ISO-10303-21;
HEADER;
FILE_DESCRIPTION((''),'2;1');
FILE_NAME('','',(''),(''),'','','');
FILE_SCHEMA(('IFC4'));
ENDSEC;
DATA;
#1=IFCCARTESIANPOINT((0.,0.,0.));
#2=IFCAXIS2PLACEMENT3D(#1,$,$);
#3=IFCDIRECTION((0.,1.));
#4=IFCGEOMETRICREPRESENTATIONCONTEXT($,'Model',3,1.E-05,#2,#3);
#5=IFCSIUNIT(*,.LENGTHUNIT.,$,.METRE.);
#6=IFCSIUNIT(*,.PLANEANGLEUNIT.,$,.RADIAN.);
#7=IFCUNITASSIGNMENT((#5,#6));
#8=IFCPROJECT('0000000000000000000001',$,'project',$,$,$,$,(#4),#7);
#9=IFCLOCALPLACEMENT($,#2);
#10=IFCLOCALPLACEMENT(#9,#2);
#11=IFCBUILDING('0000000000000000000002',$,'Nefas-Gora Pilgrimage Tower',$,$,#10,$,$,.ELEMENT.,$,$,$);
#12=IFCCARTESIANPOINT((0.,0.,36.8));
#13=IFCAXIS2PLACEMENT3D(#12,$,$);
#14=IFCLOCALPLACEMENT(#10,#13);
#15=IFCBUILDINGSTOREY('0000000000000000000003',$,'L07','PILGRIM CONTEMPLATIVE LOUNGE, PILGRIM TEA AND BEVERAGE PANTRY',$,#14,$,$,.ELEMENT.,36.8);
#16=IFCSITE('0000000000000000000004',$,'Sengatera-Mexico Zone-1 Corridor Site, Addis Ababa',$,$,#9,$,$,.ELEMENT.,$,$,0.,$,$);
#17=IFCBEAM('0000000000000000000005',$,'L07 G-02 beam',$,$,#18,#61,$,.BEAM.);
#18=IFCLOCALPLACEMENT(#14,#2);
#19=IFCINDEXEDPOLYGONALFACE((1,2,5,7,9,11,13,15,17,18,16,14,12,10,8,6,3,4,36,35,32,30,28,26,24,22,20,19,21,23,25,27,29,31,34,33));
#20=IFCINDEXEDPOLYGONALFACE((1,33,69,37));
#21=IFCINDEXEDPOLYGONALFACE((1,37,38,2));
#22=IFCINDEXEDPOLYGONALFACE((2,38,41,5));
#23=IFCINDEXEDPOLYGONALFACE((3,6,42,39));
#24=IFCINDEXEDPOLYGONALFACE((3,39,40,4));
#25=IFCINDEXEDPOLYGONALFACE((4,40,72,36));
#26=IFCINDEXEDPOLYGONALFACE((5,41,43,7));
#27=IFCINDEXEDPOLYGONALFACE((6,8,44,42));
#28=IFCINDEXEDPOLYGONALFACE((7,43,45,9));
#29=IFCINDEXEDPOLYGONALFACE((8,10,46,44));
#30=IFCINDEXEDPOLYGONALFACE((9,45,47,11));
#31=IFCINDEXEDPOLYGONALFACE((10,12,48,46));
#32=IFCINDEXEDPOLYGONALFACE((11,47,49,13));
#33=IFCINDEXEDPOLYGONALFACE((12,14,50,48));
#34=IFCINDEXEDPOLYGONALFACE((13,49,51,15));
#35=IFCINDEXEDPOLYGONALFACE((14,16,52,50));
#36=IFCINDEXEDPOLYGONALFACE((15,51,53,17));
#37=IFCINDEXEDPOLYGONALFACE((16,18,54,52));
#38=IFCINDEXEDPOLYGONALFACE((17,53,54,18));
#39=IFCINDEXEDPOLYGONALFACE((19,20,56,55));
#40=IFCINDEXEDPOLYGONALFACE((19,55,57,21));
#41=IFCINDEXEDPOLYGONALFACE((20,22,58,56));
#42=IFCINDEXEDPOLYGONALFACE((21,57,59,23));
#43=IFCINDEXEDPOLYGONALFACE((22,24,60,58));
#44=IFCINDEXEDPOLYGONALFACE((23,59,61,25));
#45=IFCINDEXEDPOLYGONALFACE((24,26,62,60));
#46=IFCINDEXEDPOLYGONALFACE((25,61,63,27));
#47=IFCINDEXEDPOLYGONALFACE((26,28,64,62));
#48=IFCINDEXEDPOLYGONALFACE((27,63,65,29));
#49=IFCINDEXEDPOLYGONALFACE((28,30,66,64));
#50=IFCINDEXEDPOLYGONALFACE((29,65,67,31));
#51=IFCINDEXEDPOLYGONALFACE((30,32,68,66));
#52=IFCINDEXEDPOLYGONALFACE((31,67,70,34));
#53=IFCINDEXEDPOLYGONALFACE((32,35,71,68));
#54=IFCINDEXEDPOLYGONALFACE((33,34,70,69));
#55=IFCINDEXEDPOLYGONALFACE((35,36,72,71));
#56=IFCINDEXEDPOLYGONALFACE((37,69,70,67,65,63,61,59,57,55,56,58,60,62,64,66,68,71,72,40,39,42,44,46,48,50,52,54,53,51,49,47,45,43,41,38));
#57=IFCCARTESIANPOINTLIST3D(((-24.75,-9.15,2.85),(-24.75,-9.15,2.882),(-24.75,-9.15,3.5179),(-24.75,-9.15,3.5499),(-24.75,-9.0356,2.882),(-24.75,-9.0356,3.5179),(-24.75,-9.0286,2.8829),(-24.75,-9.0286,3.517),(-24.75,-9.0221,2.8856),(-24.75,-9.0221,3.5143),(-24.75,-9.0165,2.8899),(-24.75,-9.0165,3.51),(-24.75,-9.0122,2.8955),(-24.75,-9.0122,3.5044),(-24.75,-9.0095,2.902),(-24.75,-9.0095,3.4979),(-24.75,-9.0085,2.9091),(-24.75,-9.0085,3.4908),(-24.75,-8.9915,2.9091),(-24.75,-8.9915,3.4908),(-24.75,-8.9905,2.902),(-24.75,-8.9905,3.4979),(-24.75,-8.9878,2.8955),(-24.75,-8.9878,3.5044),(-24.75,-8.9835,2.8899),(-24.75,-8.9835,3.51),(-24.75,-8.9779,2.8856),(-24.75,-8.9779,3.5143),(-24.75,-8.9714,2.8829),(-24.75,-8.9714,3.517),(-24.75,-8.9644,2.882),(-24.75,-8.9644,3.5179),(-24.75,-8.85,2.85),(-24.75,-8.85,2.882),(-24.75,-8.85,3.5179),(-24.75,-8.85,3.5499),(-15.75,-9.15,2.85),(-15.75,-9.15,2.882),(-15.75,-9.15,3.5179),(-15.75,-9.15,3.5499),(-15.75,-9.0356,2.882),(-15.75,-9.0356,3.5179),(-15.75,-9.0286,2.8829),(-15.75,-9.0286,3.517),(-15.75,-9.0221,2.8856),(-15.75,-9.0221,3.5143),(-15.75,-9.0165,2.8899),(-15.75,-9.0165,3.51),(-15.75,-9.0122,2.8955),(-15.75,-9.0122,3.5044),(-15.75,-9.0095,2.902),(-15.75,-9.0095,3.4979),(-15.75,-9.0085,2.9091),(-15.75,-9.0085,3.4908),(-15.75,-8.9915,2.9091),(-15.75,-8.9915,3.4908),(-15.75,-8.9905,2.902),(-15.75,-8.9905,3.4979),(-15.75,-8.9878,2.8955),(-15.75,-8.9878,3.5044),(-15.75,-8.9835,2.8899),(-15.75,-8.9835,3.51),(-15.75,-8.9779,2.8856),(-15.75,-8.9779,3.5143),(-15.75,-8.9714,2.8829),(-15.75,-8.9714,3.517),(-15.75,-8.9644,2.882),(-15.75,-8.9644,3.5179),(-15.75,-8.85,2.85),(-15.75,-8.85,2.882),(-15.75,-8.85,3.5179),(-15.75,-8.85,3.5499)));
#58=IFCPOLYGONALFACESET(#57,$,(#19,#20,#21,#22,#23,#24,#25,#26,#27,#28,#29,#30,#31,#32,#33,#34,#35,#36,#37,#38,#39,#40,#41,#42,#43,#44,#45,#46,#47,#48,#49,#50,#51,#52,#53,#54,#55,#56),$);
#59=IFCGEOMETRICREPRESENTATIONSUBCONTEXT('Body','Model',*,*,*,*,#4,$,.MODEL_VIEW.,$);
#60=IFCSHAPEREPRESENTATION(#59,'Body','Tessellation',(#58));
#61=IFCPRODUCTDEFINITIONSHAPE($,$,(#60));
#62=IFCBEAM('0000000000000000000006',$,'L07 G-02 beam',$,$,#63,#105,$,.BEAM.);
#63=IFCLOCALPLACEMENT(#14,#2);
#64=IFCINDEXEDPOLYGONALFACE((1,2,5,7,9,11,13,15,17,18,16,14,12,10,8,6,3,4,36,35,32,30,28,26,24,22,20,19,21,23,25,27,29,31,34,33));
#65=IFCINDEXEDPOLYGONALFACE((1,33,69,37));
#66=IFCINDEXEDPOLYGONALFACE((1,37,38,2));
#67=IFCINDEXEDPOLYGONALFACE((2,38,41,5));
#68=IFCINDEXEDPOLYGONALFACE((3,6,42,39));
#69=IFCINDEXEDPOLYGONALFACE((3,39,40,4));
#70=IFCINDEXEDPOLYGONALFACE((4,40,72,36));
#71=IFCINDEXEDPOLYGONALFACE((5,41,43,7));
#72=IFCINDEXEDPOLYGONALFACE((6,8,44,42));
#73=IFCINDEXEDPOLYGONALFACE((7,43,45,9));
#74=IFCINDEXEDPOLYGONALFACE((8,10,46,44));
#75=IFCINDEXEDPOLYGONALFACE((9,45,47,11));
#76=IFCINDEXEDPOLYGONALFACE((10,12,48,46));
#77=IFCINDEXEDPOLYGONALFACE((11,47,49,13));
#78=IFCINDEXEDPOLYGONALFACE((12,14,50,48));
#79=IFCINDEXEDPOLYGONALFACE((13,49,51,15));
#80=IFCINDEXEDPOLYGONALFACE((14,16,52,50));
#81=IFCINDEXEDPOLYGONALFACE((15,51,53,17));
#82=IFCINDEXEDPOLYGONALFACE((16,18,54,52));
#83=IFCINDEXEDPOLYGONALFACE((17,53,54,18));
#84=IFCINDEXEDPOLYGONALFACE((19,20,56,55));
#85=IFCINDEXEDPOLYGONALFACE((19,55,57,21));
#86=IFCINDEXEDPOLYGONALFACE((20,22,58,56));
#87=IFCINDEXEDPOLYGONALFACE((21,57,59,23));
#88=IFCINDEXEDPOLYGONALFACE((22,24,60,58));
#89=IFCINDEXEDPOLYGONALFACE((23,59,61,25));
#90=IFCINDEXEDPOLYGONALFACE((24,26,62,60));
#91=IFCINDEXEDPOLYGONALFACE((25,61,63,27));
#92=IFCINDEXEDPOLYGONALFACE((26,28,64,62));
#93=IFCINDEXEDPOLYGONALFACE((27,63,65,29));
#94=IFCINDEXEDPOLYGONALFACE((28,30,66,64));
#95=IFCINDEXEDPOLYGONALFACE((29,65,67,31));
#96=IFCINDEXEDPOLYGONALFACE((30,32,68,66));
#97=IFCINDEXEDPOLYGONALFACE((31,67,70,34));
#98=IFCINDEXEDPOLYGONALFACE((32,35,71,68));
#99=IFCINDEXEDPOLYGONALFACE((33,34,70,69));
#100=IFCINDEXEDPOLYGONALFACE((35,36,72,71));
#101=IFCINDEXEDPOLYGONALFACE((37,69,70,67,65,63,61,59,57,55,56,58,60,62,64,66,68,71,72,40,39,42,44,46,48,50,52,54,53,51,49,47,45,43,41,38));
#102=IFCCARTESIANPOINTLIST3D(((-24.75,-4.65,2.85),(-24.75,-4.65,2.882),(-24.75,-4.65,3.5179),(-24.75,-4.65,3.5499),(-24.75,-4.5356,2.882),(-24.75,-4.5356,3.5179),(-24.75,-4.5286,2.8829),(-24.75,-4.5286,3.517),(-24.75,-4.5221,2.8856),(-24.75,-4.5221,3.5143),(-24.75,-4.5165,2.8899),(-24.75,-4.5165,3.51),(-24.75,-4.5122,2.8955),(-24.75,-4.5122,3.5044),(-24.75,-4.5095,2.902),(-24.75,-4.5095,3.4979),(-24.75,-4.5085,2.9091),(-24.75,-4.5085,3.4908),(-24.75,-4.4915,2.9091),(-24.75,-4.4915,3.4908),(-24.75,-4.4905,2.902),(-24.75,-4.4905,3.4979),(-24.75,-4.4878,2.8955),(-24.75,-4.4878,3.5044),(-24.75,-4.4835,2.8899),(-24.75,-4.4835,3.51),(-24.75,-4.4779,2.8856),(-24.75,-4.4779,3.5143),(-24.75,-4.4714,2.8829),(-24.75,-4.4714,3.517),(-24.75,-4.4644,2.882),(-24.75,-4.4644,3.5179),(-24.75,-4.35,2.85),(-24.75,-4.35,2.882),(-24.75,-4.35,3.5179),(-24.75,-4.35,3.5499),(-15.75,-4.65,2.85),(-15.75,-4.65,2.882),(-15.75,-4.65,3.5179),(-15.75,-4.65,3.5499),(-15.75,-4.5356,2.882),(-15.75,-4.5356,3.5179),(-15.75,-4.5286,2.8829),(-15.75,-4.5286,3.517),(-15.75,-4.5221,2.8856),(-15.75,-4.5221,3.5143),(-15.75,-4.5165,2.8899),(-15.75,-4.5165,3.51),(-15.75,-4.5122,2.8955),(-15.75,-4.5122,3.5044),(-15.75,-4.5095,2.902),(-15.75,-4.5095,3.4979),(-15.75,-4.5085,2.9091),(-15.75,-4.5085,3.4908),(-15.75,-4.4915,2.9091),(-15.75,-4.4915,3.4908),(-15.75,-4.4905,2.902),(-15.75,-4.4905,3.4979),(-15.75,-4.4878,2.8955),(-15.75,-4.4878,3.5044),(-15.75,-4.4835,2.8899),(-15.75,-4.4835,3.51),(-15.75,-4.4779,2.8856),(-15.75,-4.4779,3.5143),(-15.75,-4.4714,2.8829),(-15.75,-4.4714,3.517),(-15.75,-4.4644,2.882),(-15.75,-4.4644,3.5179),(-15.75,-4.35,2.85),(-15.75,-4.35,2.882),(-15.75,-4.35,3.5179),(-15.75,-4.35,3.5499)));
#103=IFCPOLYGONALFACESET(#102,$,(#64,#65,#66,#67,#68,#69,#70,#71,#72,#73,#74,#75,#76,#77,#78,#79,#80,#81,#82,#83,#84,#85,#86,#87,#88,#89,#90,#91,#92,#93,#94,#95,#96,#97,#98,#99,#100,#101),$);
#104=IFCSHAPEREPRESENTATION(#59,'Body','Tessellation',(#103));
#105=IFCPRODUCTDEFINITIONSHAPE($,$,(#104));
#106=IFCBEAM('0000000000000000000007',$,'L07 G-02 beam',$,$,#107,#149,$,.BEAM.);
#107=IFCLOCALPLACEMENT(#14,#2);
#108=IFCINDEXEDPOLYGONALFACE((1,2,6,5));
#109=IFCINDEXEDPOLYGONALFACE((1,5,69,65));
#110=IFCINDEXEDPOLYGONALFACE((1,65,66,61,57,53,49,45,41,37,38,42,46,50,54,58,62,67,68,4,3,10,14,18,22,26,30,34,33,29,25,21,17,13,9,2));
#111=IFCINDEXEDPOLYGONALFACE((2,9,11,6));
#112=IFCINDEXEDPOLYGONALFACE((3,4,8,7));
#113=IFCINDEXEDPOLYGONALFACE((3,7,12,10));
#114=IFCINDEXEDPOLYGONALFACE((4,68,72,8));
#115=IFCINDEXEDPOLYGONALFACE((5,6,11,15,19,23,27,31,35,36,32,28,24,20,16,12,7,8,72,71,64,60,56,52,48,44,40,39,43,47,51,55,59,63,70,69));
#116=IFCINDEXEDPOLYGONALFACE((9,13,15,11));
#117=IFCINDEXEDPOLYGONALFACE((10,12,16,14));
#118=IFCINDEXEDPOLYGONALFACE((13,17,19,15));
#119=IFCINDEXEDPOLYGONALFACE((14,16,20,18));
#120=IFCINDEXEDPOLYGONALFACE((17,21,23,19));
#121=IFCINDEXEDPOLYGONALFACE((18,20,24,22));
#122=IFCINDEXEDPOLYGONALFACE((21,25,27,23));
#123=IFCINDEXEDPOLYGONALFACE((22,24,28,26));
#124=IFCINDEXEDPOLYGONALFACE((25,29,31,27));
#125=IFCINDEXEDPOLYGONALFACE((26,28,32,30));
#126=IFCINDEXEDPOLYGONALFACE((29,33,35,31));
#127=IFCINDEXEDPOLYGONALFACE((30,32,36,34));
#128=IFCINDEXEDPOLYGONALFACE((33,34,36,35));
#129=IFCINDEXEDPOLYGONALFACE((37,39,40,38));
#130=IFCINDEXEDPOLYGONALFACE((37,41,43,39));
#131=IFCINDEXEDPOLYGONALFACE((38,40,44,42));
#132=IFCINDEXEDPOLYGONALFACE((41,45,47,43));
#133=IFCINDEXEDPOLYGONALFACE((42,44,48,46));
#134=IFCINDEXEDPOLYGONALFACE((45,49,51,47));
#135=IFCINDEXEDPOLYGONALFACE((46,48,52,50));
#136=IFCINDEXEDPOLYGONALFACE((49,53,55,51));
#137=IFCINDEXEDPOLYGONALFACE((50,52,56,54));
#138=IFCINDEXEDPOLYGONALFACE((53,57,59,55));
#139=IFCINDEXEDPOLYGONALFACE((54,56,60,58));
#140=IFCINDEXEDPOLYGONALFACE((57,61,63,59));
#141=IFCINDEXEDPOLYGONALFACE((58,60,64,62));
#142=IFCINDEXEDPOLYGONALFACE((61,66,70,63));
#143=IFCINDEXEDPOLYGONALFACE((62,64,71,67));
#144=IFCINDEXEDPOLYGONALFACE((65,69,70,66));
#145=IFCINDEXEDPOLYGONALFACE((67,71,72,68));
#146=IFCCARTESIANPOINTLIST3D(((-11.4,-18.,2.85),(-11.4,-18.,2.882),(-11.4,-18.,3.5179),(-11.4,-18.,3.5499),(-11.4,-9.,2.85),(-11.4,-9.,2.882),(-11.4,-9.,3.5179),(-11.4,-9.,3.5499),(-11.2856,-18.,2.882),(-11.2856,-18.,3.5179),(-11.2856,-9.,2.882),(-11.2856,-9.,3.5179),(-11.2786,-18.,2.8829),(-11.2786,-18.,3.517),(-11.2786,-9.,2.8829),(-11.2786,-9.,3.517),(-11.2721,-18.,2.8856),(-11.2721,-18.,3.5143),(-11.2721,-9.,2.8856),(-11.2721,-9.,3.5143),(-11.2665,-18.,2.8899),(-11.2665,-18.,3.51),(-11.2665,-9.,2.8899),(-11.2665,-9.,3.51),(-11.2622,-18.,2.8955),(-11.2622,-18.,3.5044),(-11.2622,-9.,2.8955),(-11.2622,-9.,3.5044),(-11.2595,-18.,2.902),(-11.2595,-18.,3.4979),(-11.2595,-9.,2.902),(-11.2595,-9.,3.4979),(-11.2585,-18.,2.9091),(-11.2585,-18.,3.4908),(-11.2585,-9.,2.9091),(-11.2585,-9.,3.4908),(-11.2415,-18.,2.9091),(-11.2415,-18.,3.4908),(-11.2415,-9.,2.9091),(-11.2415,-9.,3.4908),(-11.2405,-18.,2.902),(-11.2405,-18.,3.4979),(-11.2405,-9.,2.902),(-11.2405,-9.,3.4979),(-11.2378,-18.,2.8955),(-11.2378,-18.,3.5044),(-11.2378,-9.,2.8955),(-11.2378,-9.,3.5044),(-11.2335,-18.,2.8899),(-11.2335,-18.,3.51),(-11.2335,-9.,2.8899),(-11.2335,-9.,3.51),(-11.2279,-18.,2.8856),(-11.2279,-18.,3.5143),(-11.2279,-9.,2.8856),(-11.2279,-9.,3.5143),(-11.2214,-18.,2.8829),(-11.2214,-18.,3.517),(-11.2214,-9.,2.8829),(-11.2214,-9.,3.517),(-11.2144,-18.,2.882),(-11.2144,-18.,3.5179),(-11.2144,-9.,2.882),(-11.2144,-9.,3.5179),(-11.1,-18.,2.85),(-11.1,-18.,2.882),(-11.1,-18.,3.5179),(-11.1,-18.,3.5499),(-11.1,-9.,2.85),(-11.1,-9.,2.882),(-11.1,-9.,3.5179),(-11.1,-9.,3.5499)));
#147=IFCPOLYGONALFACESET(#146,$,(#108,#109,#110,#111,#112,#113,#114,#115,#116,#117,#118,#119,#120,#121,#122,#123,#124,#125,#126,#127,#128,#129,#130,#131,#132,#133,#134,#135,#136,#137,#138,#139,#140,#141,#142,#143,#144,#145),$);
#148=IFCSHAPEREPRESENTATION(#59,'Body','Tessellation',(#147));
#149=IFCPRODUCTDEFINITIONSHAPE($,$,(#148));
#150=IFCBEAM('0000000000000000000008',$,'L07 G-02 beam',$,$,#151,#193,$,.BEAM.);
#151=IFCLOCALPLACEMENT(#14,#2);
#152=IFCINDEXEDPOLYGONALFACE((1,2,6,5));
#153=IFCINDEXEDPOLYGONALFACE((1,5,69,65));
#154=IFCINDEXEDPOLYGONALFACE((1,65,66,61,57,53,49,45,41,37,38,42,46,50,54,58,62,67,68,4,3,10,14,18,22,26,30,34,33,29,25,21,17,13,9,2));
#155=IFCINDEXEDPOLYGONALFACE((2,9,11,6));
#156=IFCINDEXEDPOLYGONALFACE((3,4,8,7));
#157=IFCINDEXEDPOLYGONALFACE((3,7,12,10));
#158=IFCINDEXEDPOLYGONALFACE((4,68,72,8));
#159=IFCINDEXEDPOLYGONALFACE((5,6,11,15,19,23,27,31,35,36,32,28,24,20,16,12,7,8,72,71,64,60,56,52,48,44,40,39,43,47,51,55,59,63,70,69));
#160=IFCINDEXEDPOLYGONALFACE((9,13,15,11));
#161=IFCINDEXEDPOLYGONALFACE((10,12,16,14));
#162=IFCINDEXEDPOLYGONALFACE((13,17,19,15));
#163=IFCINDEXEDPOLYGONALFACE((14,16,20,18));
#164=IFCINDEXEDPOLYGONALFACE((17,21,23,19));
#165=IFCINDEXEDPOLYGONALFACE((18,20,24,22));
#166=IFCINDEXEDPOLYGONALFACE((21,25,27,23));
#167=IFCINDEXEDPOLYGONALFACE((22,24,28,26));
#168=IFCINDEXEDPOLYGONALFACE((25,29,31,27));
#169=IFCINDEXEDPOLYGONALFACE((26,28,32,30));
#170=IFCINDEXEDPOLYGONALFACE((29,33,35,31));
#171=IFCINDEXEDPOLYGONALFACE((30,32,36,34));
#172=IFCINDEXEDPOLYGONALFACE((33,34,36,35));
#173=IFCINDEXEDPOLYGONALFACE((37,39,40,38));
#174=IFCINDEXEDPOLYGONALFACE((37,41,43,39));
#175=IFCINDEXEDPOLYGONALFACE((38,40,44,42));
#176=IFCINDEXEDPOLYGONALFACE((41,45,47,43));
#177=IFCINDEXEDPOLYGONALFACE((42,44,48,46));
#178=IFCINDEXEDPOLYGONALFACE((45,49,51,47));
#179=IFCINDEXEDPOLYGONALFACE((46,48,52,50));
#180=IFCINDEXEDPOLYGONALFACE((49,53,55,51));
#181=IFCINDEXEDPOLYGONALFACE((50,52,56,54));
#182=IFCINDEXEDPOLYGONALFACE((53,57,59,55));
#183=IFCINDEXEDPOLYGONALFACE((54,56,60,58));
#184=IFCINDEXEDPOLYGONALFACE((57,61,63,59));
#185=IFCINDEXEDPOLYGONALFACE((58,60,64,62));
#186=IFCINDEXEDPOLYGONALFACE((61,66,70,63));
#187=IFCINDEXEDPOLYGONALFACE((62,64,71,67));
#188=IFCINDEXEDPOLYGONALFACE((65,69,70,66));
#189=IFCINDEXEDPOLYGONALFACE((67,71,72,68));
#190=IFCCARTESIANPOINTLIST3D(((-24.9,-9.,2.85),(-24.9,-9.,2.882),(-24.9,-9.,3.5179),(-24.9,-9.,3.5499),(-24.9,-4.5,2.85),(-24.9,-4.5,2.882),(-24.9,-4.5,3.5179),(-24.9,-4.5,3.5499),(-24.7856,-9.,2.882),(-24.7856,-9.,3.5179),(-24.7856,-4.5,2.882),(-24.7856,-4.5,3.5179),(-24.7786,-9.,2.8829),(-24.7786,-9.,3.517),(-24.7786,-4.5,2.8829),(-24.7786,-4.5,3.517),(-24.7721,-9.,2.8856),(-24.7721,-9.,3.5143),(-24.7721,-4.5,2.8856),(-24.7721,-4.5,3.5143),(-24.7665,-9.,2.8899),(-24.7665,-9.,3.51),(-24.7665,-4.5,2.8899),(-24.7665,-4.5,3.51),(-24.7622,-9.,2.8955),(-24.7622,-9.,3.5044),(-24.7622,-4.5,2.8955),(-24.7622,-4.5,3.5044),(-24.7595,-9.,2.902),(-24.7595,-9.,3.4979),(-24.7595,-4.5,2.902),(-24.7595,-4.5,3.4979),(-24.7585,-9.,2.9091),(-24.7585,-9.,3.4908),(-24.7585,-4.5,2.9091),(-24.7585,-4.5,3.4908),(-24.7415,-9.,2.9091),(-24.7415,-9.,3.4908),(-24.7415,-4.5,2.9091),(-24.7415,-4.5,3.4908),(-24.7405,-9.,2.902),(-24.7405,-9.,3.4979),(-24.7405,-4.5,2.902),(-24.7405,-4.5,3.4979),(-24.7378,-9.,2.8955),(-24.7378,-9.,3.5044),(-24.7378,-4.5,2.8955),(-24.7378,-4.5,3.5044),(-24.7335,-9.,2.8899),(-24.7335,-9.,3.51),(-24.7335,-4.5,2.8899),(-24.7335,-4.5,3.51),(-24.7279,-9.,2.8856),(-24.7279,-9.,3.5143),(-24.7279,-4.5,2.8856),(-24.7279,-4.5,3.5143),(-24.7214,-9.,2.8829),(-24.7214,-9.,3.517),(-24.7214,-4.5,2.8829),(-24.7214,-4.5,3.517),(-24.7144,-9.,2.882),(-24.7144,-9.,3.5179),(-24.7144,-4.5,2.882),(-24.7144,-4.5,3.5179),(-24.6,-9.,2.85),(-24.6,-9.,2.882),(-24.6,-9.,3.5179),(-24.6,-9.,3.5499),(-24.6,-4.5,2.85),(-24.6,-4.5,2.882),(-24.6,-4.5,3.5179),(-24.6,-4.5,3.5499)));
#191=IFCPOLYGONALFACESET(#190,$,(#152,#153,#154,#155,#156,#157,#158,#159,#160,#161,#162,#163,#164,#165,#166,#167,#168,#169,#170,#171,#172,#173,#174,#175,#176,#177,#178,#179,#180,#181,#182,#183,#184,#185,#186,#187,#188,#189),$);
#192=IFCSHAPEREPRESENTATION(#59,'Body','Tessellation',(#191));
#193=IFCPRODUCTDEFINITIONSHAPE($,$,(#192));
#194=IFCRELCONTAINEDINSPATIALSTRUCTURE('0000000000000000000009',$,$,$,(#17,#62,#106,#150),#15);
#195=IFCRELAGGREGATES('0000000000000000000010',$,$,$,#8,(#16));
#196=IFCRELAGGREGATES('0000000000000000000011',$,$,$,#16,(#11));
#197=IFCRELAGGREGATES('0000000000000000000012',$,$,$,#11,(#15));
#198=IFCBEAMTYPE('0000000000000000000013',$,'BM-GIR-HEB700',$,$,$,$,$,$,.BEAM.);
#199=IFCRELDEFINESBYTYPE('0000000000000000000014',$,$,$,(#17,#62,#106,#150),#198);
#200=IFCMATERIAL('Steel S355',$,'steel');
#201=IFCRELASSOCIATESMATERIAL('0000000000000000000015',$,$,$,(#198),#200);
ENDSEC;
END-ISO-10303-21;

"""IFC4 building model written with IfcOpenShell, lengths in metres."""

from ifc_helpers import new_model, si_unit, direction, frame, origin, origin_2d, place, context, subcontext, project, spatial, i_section, extrude, source, transform, mapped, material, material_profile, profile_set, type_object, element, save


model = new_model("IFC4")

# Units and contexts
model_context = context("Model", 3, precision=1e-05, world=origin(), true_north=direction((0.0, 1.0)))
body_context = subcontext(model_context, "Body", "Model", "MODEL_VIEW")
ifc_project = project(units=[si_unit("LENGTHUNIT", "METRE"), si_unit("PLANEANGLEUNIT", "RADIAN")], contexts=[model_context])

# Site, building, storey
site_placement = place(None, origin())
site = spatial("IfcSite", under=ifc_project, at=site_placement, Name="Sengatera-Mexico Zone-1 Corridor Site, Addis Ababa", CompositionType="ELEMENT", RefElevation=0.0)
building_placement = place(site_placement, origin())
building = spatial("IfcBuilding", under=site, at=building_placement, Name="Nefas-Gora Pilgrimage Tower", CompositionType="ELEMENT")
storey_placement = place(building_placement, frame((0.0, 0.0, 36.8)))
storey = spatial("IfcBuildingStorey", under=building, at=storey_placement, Name="L07", Description="PILGRIM CONTEMPLATIVE LOUNGE, PILGRIM TEA AND BEVERAGE PANTRY", CompositionType="ELEMENT", Elevation=36.8)

# Beams
ifc_material_1 = material(Name="Steel S355", Category="steel")
ifc_material_profile_1 = material_profile(ifc_material_1, i_section(OverallWidth=0.3, OverallDepth=0.7, WebThickness=0.0171, FlangeThickness=0.032, FilletRadius=0.0271, at=origin_2d()), Name="HEB 700")
ifc_profile_set_1 = profile_set([ifc_material_profile_1], Name="Steel S355")
beam_type = type_object("IfcBeamType", Name="BM-GIR-HEB700", PredefinedType="BEAM", material=ifc_profile_set_1)
shared_shape_1 = source(origin(), body_context, "Body", "SweptSolid", [
    extrude(i_section(OverallWidth=0.3, OverallDepth=0.7, WebThickness=0.0171, FlangeThickness=0.032, FilletRadius=0.0271, at=origin_2d()), origin(), (0.0, 0.0, 1.0), 9.0),
])
for number, where, z_axis, x_axis, name in (
    (1, (-24.75, -9.0, 3.2), (1.0, 0.0, 0.0), (0.0, 1.0, 0.0), "L07 G-02 beam"),
    (2, (-24.75, -4.5, 3.2), (1.0, 0.0, 0.0), (0.0, 1.0, 0.0), "L07 G-02 beam"),
    (3, (-11.25, -18.0, 3.2), (0.0, 1.0, 0.0), (-1.0, 0.0, 0.0), "L07 G-02 beam"),
):
    element("IfcBeam", number, at=place(storey_placement, frame(where, z_axis=z_axis, x_axis=x_axis)), inside=storey, type_object=beam_type, Name=name, PredefinedType="BEAM", context=body_context, shape_type="MappedRepresentation", body=[
        mapped(shared_shape_1, transform((0.0, 0.0, 0.0), x_axis=(1.0, 0.0, 0.0), y_axis=(0.0, 1.0, 0.0), z_axis=(0.0, 0.0, 1.0), scale=1.0)),
    ])
shared_shape_2 = source(origin(), body_context, "Body", "SweptSolid", [
    extrude(i_section(OverallWidth=0.3, OverallDepth=0.7, WebThickness=0.0171, FlangeThickness=0.032, FilletRadius=0.0271, at=origin_2d()), origin(), (0.0, 0.0, 1.0), 4.5),
])
for number, where, z_axis, x_axis, name in (
    (4, (-24.75, -9.0, 3.2), (0.0, 1.0, 0.0), (-1.0, 0.0, 0.0), "L07 G-02 beam"),
):
    element("IfcBeam", number, at=place(storey_placement, frame(where, z_axis=z_axis, x_axis=x_axis)), inside=storey, type_object=beam_type, Name=name, PredefinedType="BEAM", context=body_context, shape_type="MappedRepresentation", body=[
        mapped(shared_shape_2, transform((0.0, 0.0, 0.0), x_axis=(1.0, 0.0, 0.0), y_axis=(0.0, 1.0, 0.0), z_axis=(0.0, 0.0, 1.0), scale=1.0)),
    ])

save(model, "model.ifc")
